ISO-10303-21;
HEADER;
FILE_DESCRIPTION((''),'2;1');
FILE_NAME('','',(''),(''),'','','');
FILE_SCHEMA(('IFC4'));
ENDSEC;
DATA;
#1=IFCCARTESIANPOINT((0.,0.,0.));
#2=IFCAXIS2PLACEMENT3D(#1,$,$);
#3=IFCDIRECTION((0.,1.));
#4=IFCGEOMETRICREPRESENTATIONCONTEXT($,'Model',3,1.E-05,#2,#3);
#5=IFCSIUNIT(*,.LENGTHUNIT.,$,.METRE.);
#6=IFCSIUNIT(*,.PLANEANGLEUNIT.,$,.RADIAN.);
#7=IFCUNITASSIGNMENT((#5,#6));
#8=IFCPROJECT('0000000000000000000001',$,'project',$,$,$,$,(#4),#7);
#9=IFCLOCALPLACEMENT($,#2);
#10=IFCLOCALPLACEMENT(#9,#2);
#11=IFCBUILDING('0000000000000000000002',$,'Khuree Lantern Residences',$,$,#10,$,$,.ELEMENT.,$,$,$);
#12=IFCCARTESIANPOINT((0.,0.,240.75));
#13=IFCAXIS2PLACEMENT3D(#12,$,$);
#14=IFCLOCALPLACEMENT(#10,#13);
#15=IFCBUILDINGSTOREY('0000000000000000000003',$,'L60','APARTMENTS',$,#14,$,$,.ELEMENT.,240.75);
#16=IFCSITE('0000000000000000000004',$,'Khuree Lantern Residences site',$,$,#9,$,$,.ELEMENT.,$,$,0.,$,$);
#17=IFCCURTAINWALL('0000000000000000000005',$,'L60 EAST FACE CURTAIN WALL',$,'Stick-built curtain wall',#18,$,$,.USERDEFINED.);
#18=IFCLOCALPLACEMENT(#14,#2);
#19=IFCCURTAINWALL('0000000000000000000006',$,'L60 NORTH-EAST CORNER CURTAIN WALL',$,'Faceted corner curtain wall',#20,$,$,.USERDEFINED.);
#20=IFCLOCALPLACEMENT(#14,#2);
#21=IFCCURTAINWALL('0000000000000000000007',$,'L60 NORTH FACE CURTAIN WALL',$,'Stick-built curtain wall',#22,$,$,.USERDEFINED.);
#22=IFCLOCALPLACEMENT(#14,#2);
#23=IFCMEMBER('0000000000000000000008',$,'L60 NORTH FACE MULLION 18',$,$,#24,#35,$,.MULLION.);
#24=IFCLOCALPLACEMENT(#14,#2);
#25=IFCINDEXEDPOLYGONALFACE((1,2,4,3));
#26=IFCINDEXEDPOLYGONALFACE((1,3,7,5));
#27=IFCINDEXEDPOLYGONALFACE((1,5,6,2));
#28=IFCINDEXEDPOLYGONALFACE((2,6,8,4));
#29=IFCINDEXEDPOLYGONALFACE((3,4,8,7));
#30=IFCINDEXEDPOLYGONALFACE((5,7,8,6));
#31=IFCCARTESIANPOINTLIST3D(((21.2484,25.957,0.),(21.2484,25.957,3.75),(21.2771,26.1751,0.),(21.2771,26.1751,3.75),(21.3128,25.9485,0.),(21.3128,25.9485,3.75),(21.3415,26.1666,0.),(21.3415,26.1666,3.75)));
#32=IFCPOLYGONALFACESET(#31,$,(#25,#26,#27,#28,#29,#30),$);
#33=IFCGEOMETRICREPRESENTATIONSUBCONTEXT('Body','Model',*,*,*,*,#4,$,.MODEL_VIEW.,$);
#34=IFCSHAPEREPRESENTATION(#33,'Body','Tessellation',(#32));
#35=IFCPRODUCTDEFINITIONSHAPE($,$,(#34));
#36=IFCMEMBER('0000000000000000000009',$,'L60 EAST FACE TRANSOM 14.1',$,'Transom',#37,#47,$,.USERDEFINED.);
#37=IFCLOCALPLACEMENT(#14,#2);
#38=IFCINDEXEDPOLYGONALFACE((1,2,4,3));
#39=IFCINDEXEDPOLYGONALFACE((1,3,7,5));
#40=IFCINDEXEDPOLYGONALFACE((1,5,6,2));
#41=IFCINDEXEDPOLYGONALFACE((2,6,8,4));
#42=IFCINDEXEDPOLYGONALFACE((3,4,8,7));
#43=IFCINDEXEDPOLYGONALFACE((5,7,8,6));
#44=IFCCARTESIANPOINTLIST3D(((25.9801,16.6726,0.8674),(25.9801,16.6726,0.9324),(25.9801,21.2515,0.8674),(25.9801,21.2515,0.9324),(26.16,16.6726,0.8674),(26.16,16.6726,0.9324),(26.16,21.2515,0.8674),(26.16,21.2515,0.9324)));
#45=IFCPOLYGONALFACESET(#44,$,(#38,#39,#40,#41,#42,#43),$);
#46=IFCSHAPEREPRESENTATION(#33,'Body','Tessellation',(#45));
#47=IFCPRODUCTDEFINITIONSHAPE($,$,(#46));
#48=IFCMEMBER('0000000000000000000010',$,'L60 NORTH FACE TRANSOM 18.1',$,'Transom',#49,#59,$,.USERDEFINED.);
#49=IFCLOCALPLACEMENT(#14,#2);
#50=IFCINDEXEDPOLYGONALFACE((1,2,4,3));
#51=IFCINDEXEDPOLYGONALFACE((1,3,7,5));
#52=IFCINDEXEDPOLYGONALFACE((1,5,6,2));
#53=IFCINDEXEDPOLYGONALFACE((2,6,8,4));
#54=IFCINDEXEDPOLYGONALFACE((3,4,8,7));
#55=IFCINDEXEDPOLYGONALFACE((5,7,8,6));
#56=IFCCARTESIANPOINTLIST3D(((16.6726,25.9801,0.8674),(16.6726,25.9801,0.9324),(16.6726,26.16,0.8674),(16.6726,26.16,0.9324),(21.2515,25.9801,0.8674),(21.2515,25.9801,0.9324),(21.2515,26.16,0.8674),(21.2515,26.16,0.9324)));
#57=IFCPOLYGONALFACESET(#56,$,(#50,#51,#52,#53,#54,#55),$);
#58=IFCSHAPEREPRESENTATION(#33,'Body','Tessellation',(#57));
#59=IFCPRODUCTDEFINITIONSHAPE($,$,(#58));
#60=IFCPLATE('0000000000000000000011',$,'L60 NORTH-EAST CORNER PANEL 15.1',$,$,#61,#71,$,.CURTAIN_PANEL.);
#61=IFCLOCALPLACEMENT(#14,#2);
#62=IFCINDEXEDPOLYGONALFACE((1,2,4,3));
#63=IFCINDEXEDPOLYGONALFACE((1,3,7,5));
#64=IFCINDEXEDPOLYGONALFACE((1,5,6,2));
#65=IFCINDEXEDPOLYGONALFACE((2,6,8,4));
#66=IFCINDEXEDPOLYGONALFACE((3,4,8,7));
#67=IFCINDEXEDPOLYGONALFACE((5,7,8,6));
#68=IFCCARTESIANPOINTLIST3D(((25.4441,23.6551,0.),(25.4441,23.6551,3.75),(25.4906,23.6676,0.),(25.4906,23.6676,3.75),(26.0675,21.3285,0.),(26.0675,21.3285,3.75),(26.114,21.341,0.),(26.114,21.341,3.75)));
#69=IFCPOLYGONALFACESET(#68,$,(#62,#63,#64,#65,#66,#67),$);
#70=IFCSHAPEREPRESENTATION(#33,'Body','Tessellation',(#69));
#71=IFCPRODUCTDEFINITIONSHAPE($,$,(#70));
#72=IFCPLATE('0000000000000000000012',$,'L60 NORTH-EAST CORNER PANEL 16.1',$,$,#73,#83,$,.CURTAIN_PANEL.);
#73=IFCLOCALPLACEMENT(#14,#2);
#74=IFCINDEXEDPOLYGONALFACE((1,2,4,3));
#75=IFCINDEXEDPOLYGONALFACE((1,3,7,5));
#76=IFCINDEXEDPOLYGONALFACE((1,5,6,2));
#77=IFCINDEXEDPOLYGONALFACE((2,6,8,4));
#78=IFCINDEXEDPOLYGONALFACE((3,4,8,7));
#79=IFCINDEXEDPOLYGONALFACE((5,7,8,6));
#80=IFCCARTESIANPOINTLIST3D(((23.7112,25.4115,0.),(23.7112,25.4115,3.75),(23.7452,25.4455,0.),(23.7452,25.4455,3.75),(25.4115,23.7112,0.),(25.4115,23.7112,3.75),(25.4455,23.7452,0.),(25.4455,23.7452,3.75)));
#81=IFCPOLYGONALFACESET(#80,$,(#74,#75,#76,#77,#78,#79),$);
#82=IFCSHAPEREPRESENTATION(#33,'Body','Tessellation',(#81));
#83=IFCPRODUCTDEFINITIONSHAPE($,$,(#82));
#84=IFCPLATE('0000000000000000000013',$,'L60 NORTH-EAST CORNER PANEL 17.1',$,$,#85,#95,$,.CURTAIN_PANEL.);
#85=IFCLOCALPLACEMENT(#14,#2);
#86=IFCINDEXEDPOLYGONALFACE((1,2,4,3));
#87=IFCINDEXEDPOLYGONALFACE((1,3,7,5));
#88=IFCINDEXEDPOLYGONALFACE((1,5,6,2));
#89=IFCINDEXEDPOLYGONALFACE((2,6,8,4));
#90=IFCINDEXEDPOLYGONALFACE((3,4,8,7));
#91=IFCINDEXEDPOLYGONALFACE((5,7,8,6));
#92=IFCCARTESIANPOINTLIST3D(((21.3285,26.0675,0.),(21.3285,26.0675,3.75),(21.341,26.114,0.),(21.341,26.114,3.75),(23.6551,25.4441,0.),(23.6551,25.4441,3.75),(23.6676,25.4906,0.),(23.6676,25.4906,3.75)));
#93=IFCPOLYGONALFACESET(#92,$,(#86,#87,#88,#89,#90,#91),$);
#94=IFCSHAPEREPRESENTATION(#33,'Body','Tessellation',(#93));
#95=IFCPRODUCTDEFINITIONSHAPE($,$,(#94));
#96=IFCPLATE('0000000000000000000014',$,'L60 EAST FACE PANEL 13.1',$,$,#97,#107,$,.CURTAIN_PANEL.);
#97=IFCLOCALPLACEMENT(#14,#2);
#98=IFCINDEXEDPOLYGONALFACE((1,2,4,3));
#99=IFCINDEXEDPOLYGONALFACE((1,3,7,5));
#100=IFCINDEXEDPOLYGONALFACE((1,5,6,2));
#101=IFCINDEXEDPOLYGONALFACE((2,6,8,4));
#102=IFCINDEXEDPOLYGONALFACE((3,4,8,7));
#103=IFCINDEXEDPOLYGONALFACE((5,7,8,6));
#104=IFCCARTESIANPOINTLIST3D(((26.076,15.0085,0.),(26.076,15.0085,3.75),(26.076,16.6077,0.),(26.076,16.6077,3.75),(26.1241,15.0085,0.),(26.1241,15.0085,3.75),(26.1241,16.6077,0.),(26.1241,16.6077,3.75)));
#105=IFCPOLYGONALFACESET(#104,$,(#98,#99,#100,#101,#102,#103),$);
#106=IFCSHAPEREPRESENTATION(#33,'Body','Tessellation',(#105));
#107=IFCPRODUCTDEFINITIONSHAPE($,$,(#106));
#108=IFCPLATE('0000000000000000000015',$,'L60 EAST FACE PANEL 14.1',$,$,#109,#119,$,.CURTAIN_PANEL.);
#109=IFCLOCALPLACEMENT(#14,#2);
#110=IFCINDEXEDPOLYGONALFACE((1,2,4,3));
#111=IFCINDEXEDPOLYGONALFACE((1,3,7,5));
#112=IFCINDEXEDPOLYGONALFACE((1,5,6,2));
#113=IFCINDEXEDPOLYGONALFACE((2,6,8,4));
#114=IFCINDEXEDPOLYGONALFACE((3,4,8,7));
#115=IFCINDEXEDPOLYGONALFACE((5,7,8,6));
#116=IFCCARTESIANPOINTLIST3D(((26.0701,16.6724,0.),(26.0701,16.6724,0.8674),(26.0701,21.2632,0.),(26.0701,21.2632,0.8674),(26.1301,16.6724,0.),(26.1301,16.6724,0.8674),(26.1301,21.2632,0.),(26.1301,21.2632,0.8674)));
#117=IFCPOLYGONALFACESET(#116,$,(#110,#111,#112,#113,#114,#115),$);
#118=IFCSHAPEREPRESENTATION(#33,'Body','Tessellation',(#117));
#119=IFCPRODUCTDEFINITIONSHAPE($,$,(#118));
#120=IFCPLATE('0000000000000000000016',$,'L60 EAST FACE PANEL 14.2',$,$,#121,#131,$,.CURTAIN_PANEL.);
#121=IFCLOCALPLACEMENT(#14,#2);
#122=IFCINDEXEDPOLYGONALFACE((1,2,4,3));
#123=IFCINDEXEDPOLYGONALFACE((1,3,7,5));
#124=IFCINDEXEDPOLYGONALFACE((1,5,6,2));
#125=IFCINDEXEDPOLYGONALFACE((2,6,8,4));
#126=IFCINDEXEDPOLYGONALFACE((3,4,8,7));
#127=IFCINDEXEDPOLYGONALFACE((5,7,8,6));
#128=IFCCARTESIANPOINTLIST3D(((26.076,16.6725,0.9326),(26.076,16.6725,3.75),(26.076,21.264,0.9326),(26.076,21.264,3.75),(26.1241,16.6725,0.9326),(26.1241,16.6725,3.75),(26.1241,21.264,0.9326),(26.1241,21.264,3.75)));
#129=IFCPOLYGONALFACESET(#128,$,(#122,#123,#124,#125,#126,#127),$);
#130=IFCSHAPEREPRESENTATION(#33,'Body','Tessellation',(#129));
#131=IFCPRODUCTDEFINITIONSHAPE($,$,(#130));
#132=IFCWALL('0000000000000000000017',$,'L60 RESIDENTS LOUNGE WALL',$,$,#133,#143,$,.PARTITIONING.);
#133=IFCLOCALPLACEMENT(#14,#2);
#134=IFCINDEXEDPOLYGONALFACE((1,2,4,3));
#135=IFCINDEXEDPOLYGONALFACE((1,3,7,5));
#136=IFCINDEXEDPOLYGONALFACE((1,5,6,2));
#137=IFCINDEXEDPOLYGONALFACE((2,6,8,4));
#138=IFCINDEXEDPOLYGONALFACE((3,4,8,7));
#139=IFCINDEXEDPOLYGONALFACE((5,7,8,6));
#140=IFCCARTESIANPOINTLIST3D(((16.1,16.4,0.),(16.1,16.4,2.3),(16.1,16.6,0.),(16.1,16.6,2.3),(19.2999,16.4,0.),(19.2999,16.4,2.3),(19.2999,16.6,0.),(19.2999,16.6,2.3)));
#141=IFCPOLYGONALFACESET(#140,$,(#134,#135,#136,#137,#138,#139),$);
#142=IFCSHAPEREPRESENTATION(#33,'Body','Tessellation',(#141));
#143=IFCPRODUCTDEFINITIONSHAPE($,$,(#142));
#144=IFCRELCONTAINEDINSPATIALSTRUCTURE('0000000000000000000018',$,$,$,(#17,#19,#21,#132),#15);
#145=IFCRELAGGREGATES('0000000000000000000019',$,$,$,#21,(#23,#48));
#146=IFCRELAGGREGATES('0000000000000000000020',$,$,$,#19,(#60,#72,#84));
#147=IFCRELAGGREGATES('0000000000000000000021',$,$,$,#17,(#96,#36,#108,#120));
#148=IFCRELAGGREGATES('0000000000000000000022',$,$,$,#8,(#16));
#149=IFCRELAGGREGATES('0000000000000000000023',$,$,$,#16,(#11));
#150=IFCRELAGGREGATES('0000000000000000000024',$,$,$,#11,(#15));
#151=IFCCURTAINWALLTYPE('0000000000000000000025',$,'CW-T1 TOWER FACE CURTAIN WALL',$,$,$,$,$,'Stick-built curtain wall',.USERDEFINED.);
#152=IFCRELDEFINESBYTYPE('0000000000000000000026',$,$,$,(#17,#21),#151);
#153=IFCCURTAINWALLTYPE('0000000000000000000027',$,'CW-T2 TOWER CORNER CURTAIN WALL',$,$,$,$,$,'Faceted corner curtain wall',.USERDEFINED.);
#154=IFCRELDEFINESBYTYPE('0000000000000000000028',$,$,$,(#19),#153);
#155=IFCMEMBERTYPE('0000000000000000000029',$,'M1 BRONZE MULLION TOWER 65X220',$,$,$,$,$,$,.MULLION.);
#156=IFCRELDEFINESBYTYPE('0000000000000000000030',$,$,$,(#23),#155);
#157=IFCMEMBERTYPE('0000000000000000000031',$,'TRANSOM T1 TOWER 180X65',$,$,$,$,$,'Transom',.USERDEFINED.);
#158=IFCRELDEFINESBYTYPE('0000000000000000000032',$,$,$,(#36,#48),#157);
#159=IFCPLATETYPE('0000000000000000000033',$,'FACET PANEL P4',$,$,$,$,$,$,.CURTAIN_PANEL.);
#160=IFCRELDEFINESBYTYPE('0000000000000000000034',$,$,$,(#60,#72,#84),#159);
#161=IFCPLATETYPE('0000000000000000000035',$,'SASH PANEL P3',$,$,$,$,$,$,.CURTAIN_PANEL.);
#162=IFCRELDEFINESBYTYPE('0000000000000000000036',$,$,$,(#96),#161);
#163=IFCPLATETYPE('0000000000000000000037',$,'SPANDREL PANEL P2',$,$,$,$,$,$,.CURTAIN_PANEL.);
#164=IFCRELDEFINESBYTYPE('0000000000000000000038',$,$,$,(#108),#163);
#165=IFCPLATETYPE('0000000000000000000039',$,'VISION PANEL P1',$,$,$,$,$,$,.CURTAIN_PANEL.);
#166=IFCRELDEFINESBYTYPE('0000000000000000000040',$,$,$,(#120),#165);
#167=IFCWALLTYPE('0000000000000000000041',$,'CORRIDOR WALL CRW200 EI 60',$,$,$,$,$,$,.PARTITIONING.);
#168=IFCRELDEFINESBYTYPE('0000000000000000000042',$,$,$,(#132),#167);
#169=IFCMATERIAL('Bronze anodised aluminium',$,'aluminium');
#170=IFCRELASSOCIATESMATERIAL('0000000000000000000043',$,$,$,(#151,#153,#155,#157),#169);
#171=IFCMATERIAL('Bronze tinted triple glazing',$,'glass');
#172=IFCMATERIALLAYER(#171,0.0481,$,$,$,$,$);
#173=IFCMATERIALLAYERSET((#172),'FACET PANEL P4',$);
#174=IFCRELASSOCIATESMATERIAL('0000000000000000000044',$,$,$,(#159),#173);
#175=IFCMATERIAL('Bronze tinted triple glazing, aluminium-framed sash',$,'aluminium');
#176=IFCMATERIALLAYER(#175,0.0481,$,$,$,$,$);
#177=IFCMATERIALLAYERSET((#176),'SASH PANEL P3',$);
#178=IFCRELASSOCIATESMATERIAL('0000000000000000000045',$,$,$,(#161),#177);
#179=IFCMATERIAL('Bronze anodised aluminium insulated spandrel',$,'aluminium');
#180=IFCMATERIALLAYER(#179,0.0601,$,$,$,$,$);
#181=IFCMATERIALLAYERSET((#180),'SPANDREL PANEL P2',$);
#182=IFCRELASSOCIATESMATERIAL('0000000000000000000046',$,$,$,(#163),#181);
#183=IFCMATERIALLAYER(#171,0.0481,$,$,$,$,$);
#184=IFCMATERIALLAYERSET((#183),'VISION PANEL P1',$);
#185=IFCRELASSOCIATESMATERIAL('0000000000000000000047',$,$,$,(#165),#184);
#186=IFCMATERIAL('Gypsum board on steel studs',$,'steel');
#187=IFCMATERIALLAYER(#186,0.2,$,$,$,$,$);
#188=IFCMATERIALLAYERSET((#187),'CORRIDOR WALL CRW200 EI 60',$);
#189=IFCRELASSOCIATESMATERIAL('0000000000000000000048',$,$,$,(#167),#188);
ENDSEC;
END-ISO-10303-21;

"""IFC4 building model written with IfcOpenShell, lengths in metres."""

from ifc_helpers import new_model, si_unit, direction, frame, frame_2d, origin, origin_2d, place, context, subcontext, project, spatial, rectangle, extrude, material, layer, layer_set, material_profile, profile_set, type_object, element, aggregate, save


model = new_model("IFC4")

# Units and contexts
model_context = context("Model", 3, precision=1e-05, world=origin(), true_north=direction((0.0, 1.0)))
body_context = subcontext(model_context, "Body", "Model", "MODEL_VIEW")
ifc_project = project(units=[si_unit("LENGTHUNIT", "METRE"), si_unit("PLANEANGLEUNIT", "RADIAN")], contexts=[model_context])

# Site, building, storey
site_placement = place(None, origin())
site = spatial("IfcSite", under=ifc_project, at=site_placement, Name="Khuree Lantern Residences site", CompositionType="ELEMENT", RefElevation=0.0)
building_placement = place(site_placement, origin())
building = spatial("IfcBuilding", under=site, at=building_placement, Name="Khuree Lantern Residences", CompositionType="ELEMENT")
storey_placement = place(building_placement, frame((0.0, 0.0, 240.75)))
storey = spatial("IfcBuildingStorey", under=building, at=storey_placement, Name="L60", Description="APARTMENTS", CompositionType="ELEMENT", Elevation=240.75)

# Curtain walls
ifc_material_1 = material(Name="Bronze anodised aluminium", Category="aluminium")
curtain_wall_type_1 = type_object("IfcCurtainWallType", Name="CW-T1 TOWER FACE CURTAIN WALL", ElementType="Stick-built curtain wall", PredefinedType="USERDEFINED", material=ifc_material_1)
curtain_wall_1_placement = place(storey_placement, origin())
curtain_wall_1 = element("IfcCurtainWall", 1, at=curtain_wall_1_placement, inside=storey, type_object=curtain_wall_type_1, Name="L60 EAST FACE CURTAIN WALL", ObjectType="Stick-built curtain wall", PredefinedType="USERDEFINED")
curtain_wall_type_2 = type_object("IfcCurtainWallType", Name="CW-T2 TOWER CORNER CURTAIN WALL", ElementType="Faceted corner curtain wall", PredefinedType="USERDEFINED", material=ifc_material_1)
curtain_wall_2_placement = place(storey_placement, origin())
curtain_wall_2 = element("IfcCurtainWall", 2, at=curtain_wall_2_placement, inside=storey, type_object=curtain_wall_type_2, Name="L60 NORTH-EAST CORNER CURTAIN WALL", ObjectType="Faceted corner curtain wall", PredefinedType="USERDEFINED")

# Shared definitions
ifc_material_profile_1 = material_profile(ifc_material_1, rectangle(XDim=0.0649, YDim=0.22, at=origin_2d()), Name="M1 65X220")
ifc_profile_set_1 = profile_set([ifc_material_profile_1], Name="Bronze anodised aluminium")
member_type_1 = type_object("IfcMemberType", Name="M1 BRONZE MULLION TOWER 65X220", PredefinedType="MULLION", material=ifc_profile_set_1)

# Curtain wall, member
curtain_wall_3_placement = place(storey_placement, origin())
curtain_wall_3 = element("IfcCurtainWall", 3, at=curtain_wall_3_placement, inside=storey, type_object=curtain_wall_type_1, Name="L60 NORTH FACE CURTAIN WALL", ObjectType="Stick-built curtain wall", PredefinedType="USERDEFINED")
member_1_placement = place(storey_placement, frame((21.2949, 26.0618, 0.0), z_axis=(0.0, 0.0, 1.0), x_axis=(-0.991445, 0.130526, 0.0)))
member_1 = element("IfcMember", 4, at=member_1_placement, type_object=member_type_1, Name="L60 NORTH FACE MULLION 18", PredefinedType="MULLION", context=body_context, shape_type="SweptSolid", body=[
    extrude(rectangle(XDim=0.0649, YDim=0.22, at=origin_2d()), origin(), (0.0, 0.0, 1.0), 3.75),
])

# Members
ifc_material_profile_2 = material_profile(ifc_material_1, rectangle(XDim=0.1799, YDim=0.0649, at=origin_2d()), Name="T1 180X65")
ifc_profile_set_2 = profile_set([ifc_material_profile_2], Name="Bronze anodised aluminium")
member_type_2 = type_object("IfcMemberType", Name="TRANSOM T1 TOWER 180X65", ElementType="Transom", PredefinedType="USERDEFINED", material=ifc_profile_set_2)
member_2_placement = place(storey_placement, frame((26.0701, 16.6726, 0.8999), z_axis=(0.0, 1.0, 0.0), x_axis=(-1.0, 0.0, 0.0)))
member_2 = element("IfcMember", 5, at=member_2_placement, type_object=member_type_2, Name="L60 EAST FACE TRANSOM 14.1", ObjectType="Transom", PredefinedType="USERDEFINED", context=body_context, shape_type="SweptSolid", body=[
    extrude(rectangle(XDim=0.1799, YDim=0.0649, at=origin_2d()), origin(), (0.0, 0.0, 1.0), 4.5789),
])
member_3_placement = place(storey_placement, frame((21.2515, 26.0701, 0.8999), z_axis=(-1.0, 0.0, 0.0), x_axis=(0.0, -1.0, 0.0)))
member_3 = element("IfcMember", 6, at=member_3_placement, type_object=member_type_2, Name="L60 NORTH FACE TRANSOM 18.1", ObjectType="Transom", PredefinedType="USERDEFINED", context=body_context, shape_type="SweptSolid", body=[
    extrude(rectangle(XDim=0.1799, YDim=0.0649, at=origin_2d()), origin(), (0.0, 0.0, 1.0), 4.5789),
])
aggregate(curtain_wall_3, [member_1, member_3])

# Plates
ifc_material_2 = material(Name="Bronze tinted triple glazing", Category="glass")
ifc_layer_1 = layer(ifc_material_2, 0.0481)
ifc_layer_set_1 = layer_set([ifc_layer_1], Name="FACET PANEL P4")
plate_type_1 = type_object("IfcPlateType", Name="FACET PANEL P4", PredefinedType="CURTAIN_PANEL", material=ifc_layer_set_1)
plate_1_placement = place(storey_placement, frame((25.7791, 22.498, 0.0), z_axis=(0.0, 0.0, 1.0), x_axis=(-0.258819, 0.965926, 0.0)))
plate_1 = element("IfcPlate", 7, at=plate_1_placement, type_object=plate_type_1, Name="L60 NORTH-EAST CORNER PANEL 15.1", PredefinedType="CURTAIN_PANEL", context=body_context, shape_type="SweptSolid", body=[
    extrude(rectangle(XDim=2.4087, YDim=0.0481, at=origin_2d()), origin(), (0.0, 0.0, 1.0), 3.75),
])
plate_2_placement = place(storey_placement, frame((24.5784, 24.5784, 0.0), z_axis=(0.0, 0.0, 1.0), x_axis=(-0.707107, 0.707107, 0.0)))
plate_2 = element("IfcPlate", 8, at=plate_2_placement, type_object=plate_type_1, Name="L60 NORTH-EAST CORNER PANEL 16.1", PredefinedType="CURTAIN_PANEL", context=body_context, shape_type="SweptSolid", body=[
    extrude(rectangle(XDim=2.4045, YDim=0.0481, at=origin_2d()), origin(), (0.0, 0.0, 1.0), 3.75),
])
plate_3_placement = place(storey_placement, frame((22.498, 25.7791, 0.0), z_axis=(0.0, 0.0, 1.0), x_axis=(-0.965926, 0.258819, 0.0)))
plate_3 = element("IfcPlate", 9, at=plate_3_placement, type_object=plate_type_1, Name="L60 NORTH-EAST CORNER PANEL 17.1", PredefinedType="CURTAIN_PANEL", context=body_context, shape_type="SweptSolid", body=[
    extrude(rectangle(XDim=2.4087, YDim=0.0481, at=origin_2d()), origin(), (0.0, 0.0, 1.0), 3.75),
])
aggregate(curtain_wall_2, [plate_1, plate_2, plate_3])
ifc_material_3 = material(Name="Bronze tinted triple glazing, aluminium-framed sash", Category="aluminium")
ifc_layer_2 = layer(ifc_material_3, 0.0481)
ifc_layer_set_2 = layer_set([ifc_layer_2], Name="SASH PANEL P3")
plate_type_2 = type_object("IfcPlateType", Name="SASH PANEL P3", PredefinedType="CURTAIN_PANEL", material=ifc_layer_set_2)
plate_4_placement = place(storey_placement, frame((26.1001, 15.8081, 0.0), z_axis=(0.0, 0.0, 1.0), x_axis=(0.0, 1.0, 0.0)))
plate_4 = element("IfcPlate", 10, at=plate_4_placement, type_object=plate_type_2, Name="L60 EAST FACE PANEL 13.1", PredefinedType="CURTAIN_PANEL", context=body_context, shape_type="SweptSolid", body=[
    extrude(rectangle(XDim=1.5991, YDim=0.0481, at=origin_2d()), origin(), (0.0, 0.0, 1.0), 3.75),
])
ifc_material_4 = material(Name="Bronze anodised aluminium insulated spandrel", Category="aluminium")
ifc_layer_3 = layer(ifc_material_4, 0.0601)
ifc_layer_set_3 = layer_set([ifc_layer_3], Name="SPANDREL PANEL P2")
plate_type_3 = type_object("IfcPlateType", Name="SPANDREL PANEL P2", PredefinedType="CURTAIN_PANEL", material=ifc_layer_set_3)
plate_5_placement = place(storey_placement, frame((26.1001, 18.9678, 0.0), z_axis=(0.0, 0.0, 1.0), x_axis=(0.0, 1.0, 0.0)))
plate_5 = element("IfcPlate", 11, at=plate_5_placement, type_object=plate_type_3, Name="L60 EAST FACE PANEL 14.1", PredefinedType="CURTAIN_PANEL", context=body_context, shape_type="SweptSolid", body=[
    extrude(rectangle(XDim=4.5908, YDim=0.0601, at=origin_2d()), origin(), (0.0, 0.0, 1.0), 0.8674),
])
ifc_layer_4 = layer(ifc_material_2, 0.0481)
ifc_layer_set_4 = layer_set([ifc_layer_4], Name="VISION PANEL P1")
plate_type_4 = type_object("IfcPlateType", Name="VISION PANEL P1", PredefinedType="CURTAIN_PANEL", material=ifc_layer_set_4)
plate_6_placement = place(storey_placement, frame((26.1001, 18.9683, 0.9326), z_axis=(0.0, 0.0, 1.0), x_axis=(0.0, 1.0, 0.0)))
plate_6 = element("IfcPlate", 12, at=plate_6_placement, type_object=plate_type_4, Name="L60 EAST FACE PANEL 14.2", PredefinedType="CURTAIN_PANEL", context=body_context, shape_type="SweptSolid", body=[
    extrude(rectangle(XDim=4.5916, YDim=0.0481, at=origin_2d()), origin(), (0.0, 0.0, 1.0), 2.8174),
])
aggregate(curtain_wall_1, [plate_4, member_2, plate_5, plate_6])

# Wall
ifc_material_5 = material(Name="Gypsum board on steel studs", Category="steel")
ifc_layer_5 = layer(ifc_material_5, 0.2)
ifc_layer_set_5 = layer_set([ifc_layer_5], Name="CORRIDOR WALL CRW200 EI 60")
wall_type = type_object("IfcWallType", Name="CORRIDOR WALL CRW200 EI 60", PredefinedType="PARTITIONING", material=ifc_layer_set_5)
wall_placement = place(storey_placement, frame((19.3, 16.5, 0.0), z_axis=(0.0, 0.0, 1.0), x_axis=(-1.0, 0.0, 0.0)))
element("IfcWall", 13, at=wall_placement, inside=storey, type_object=wall_type, Name="L60 RESIDENTS LOUNGE WALL", PredefinedType="PARTITIONING", context=body_context, shape_type="SweptSolid", body=[
    extrude(rectangle(XDim=3.2, YDim=0.2, at=frame_2d((1.6001, 0.0))), origin(), (0.0, 0.0, 1.0), 2.3),
])

save(model, "model.ifc")
